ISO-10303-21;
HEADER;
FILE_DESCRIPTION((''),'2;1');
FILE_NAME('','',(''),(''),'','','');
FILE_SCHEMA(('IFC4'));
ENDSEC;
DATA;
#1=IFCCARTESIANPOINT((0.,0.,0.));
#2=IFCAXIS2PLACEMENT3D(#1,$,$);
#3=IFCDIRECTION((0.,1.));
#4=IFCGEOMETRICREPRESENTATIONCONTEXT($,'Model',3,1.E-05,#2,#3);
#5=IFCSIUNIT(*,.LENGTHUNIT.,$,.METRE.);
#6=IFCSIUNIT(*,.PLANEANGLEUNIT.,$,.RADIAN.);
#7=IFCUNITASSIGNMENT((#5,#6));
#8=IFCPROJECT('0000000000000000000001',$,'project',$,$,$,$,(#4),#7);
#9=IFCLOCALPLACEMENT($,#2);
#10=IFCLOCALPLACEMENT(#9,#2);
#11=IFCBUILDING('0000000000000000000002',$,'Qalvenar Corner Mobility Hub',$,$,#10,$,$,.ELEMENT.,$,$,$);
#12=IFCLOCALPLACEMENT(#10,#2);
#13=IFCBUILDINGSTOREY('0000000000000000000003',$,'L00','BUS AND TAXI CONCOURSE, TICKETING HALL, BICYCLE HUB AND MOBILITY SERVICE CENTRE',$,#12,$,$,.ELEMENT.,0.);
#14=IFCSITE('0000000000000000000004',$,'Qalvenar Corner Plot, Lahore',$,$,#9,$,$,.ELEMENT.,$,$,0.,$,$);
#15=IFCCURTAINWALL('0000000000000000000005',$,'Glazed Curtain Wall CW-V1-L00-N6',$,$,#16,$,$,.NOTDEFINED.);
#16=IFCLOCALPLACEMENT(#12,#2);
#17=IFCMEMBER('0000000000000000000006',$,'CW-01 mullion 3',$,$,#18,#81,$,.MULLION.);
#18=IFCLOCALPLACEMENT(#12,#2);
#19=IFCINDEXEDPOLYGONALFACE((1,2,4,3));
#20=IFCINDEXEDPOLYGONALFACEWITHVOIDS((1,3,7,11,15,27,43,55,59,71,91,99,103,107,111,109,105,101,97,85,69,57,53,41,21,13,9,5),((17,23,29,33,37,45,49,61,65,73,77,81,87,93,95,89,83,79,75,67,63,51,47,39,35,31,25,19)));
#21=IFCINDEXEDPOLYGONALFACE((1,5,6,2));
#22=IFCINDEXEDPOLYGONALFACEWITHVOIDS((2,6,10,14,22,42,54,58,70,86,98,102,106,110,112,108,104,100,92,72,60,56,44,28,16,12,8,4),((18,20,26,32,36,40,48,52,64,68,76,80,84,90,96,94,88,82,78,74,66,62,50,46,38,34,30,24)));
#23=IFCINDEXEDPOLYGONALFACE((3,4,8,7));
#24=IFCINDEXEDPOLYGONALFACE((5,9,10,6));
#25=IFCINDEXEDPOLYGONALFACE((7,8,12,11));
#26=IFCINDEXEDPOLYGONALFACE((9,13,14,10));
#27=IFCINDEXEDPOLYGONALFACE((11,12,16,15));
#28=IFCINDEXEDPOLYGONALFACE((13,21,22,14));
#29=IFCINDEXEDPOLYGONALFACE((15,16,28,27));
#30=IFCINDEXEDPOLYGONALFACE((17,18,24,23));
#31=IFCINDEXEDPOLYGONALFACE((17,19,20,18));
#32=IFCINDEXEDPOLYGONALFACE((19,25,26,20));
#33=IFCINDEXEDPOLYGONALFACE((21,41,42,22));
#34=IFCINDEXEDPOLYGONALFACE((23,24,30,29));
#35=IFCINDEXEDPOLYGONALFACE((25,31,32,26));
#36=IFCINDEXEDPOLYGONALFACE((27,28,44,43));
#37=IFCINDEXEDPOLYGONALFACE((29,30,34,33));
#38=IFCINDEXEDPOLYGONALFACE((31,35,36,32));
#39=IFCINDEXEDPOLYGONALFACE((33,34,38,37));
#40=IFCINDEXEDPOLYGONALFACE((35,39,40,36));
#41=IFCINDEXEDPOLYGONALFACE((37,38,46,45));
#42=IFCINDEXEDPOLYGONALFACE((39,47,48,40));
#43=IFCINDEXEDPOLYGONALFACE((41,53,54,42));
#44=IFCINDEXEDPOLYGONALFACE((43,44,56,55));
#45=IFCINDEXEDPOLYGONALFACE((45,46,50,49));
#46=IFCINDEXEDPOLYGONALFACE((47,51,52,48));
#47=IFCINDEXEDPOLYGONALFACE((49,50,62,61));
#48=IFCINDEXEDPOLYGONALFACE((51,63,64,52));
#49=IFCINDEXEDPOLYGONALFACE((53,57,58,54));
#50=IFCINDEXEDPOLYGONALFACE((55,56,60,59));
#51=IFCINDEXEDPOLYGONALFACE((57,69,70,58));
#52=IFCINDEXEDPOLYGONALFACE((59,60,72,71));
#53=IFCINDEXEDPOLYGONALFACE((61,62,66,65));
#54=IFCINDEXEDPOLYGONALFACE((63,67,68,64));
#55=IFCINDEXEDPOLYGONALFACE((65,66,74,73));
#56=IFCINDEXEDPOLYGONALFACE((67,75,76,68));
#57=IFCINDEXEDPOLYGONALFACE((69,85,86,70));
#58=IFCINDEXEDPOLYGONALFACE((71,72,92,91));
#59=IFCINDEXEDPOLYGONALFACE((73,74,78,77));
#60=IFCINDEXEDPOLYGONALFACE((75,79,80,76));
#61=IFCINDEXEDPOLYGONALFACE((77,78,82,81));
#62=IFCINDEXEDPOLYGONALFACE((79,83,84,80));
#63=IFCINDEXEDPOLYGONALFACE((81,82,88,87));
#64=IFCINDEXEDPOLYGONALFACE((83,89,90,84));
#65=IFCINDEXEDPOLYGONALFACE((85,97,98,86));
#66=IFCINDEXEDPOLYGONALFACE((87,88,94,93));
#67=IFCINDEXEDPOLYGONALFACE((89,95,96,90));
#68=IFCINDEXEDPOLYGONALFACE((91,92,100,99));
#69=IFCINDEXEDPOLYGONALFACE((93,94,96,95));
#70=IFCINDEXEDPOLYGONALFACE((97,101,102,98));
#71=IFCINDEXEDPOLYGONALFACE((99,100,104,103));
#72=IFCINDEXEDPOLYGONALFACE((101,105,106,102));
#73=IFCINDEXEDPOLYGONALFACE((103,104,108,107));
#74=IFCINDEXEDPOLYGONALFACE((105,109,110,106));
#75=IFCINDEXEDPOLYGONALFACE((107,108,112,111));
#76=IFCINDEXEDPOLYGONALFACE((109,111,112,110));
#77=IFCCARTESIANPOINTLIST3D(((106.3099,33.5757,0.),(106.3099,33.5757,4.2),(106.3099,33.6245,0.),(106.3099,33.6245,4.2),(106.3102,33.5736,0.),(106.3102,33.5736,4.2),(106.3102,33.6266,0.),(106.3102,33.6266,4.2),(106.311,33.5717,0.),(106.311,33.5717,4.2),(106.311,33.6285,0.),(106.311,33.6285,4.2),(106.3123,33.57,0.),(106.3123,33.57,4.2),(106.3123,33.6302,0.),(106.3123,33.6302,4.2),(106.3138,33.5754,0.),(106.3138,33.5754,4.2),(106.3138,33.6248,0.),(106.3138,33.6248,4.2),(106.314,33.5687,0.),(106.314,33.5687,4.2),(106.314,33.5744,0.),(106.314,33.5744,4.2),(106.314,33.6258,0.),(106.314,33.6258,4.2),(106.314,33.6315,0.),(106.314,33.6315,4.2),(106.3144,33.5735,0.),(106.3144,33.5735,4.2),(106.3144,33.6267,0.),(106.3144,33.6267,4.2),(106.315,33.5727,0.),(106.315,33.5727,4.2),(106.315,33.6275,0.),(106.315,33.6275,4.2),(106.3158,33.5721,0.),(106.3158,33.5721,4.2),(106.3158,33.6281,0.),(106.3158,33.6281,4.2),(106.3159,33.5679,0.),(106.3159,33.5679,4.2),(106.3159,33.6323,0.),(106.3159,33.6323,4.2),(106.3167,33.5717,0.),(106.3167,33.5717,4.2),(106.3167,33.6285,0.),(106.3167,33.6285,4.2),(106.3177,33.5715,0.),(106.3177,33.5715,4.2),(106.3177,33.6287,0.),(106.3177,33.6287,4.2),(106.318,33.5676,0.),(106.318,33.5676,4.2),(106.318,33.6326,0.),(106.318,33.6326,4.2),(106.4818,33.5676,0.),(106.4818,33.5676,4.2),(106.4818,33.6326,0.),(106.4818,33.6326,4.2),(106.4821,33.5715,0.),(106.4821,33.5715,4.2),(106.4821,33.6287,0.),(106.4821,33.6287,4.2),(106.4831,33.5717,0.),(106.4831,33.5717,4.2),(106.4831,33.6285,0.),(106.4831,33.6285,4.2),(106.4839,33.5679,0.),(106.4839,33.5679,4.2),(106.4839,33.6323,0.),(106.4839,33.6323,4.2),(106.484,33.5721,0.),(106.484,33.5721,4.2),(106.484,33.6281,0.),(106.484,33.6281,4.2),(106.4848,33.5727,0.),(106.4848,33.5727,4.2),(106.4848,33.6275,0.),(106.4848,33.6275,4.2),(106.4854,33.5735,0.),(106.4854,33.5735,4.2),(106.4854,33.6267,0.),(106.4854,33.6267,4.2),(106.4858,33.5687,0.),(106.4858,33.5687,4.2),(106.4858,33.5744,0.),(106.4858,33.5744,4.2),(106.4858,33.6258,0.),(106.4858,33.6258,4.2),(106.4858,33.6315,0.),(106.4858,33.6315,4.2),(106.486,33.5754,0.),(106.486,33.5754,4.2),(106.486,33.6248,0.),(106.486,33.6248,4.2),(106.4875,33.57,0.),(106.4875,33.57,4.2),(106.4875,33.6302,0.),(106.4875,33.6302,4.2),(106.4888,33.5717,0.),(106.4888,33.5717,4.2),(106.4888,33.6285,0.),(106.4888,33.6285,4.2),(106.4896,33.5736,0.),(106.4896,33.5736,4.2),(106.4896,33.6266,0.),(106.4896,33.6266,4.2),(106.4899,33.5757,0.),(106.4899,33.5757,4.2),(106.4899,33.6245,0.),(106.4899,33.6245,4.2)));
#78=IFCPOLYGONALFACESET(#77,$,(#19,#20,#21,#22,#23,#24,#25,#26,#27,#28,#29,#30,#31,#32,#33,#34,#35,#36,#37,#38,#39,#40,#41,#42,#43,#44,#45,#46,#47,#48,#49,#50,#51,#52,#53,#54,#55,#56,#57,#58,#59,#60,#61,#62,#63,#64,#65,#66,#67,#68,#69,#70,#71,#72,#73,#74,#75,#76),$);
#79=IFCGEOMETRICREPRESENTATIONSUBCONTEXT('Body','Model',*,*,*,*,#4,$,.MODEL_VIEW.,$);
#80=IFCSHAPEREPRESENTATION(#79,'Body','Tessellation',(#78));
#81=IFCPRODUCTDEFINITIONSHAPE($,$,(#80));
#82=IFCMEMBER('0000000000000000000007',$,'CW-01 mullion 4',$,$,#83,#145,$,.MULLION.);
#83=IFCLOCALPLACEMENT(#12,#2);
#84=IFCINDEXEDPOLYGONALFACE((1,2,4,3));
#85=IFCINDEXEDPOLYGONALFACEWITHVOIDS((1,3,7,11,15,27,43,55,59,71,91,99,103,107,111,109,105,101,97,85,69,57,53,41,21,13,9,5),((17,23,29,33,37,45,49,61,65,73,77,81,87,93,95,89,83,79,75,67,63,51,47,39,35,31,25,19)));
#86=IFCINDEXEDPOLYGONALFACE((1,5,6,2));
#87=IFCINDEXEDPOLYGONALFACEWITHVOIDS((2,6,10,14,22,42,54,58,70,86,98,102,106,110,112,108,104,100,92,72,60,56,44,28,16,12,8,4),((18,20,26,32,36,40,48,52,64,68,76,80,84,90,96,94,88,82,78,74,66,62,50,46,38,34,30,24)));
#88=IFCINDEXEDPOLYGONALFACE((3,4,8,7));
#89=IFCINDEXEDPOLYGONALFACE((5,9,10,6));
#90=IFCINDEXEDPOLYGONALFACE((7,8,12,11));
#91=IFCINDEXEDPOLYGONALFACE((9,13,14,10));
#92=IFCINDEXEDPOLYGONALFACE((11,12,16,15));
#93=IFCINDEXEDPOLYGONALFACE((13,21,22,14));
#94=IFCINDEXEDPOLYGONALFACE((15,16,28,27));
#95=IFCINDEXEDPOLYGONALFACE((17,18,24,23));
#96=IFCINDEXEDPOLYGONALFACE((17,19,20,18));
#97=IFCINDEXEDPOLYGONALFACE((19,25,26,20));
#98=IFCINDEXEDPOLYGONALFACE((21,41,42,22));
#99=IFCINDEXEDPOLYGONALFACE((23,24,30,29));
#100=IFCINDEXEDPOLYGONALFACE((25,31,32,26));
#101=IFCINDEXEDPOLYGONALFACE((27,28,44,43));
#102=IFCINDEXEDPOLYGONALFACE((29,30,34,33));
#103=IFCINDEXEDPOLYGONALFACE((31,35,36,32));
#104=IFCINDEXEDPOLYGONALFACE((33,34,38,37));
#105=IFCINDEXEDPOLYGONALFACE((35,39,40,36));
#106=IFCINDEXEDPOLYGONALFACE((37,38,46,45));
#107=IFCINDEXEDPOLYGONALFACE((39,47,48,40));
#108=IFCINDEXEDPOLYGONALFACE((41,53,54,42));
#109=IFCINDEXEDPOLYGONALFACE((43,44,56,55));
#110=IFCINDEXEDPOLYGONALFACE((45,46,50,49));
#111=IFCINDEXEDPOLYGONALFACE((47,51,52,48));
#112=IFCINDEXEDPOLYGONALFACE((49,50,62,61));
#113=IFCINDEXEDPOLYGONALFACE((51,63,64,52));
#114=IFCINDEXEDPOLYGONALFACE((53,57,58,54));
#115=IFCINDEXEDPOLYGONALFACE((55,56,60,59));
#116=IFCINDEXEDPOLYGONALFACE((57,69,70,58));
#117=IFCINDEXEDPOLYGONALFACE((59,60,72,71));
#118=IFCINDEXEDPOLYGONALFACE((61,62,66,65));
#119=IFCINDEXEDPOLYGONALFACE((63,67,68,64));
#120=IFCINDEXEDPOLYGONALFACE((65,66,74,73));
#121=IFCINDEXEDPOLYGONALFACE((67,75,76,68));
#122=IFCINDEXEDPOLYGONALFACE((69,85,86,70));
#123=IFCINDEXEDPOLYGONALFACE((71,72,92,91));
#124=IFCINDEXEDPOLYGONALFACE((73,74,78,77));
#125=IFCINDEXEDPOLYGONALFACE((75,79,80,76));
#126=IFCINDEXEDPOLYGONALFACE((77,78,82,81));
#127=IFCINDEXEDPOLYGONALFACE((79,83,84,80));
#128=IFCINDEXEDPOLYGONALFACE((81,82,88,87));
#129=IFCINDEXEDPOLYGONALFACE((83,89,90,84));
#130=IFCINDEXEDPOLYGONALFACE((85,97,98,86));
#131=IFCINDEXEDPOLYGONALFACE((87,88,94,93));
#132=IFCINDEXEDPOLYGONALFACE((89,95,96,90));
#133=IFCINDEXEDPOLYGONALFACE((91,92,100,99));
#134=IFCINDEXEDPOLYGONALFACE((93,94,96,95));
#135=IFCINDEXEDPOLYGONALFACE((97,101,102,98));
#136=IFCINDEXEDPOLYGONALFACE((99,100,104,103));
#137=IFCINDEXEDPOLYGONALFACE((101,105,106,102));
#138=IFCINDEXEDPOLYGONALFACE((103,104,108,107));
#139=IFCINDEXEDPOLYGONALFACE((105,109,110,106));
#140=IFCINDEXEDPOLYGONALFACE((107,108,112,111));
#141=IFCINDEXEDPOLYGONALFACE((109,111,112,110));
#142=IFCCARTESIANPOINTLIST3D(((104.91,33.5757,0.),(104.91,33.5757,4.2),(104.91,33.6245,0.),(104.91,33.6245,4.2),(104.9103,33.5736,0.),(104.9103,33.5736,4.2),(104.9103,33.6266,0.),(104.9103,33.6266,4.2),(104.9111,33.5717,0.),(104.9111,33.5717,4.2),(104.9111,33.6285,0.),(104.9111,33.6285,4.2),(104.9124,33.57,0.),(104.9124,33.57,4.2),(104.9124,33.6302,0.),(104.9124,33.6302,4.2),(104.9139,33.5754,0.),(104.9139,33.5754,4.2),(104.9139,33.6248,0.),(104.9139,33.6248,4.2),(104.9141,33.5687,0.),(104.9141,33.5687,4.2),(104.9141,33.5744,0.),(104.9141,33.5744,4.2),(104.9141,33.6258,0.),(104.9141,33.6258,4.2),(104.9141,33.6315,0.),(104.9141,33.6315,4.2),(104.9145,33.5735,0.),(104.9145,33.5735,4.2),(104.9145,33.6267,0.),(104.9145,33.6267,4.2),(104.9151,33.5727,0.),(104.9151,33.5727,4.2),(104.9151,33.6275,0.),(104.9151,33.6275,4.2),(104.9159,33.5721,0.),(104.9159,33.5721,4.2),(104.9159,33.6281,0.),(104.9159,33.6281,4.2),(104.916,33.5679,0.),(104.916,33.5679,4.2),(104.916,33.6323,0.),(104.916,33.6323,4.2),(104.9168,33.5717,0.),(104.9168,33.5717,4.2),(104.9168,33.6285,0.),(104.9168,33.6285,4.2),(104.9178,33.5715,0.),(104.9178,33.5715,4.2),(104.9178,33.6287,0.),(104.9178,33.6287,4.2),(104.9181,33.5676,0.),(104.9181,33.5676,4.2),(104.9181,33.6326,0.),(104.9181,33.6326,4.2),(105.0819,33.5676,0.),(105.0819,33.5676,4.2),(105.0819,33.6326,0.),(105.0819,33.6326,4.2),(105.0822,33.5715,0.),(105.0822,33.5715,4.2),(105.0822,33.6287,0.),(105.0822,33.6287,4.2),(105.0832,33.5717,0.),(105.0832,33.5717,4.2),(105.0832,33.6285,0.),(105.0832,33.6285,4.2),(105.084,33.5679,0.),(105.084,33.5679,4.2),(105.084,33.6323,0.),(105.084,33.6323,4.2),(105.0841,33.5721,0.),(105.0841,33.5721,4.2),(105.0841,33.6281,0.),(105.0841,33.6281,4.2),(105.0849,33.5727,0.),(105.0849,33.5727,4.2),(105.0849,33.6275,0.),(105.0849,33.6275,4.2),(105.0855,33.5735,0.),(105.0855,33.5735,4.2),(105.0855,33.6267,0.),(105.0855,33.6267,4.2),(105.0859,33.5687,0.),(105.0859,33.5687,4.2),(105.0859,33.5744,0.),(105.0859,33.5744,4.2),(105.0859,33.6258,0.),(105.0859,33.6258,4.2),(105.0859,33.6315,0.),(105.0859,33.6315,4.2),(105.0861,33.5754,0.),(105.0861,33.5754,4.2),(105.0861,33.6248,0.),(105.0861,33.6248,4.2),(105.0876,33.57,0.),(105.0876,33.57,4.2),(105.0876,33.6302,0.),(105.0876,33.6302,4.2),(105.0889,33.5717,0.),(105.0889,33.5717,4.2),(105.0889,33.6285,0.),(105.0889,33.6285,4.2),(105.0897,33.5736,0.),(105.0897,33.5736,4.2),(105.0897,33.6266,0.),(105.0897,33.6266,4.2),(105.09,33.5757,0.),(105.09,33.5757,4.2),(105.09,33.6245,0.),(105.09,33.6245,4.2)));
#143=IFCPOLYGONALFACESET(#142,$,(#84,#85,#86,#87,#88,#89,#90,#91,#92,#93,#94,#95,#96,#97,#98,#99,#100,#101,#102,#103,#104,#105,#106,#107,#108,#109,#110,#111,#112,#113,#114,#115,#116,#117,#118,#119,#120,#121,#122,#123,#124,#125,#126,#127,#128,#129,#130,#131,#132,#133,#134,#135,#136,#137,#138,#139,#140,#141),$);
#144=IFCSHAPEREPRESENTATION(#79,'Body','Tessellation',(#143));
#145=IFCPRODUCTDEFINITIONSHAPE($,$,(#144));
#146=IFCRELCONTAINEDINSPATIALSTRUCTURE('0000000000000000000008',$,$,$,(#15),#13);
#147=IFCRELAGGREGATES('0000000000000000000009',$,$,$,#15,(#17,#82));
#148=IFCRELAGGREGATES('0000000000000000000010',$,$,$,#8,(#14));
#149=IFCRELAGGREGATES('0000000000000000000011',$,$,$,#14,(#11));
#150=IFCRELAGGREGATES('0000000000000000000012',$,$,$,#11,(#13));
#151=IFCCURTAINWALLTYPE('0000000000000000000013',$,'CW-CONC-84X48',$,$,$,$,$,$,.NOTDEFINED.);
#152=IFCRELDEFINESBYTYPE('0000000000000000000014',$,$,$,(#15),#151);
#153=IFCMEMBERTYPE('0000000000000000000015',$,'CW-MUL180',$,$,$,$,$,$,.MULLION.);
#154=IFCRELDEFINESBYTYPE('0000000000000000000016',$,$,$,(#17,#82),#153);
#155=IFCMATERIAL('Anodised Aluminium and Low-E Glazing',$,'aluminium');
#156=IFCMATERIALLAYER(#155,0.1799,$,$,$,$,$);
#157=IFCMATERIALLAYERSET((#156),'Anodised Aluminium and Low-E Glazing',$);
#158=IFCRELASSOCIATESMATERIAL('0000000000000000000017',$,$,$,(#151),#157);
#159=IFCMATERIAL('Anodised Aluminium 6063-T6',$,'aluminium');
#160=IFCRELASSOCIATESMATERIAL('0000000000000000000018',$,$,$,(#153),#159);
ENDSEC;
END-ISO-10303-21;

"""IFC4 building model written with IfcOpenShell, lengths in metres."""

from ifc_helpers import new_model, si_unit, direction, frame, origin, origin_2d, place, context, subcontext, project, spatial, hollow_rectangle, extrude, material, layer, layer_set, material_profile, profile_set, type_object, element, aggregate, save


model = new_model("IFC4")

# Units and contexts
model_context = context("Model", 3, precision=1e-05, world=origin(), true_north=direction((0.0, 1.0)))
body_context = subcontext(model_context, "Body", "Model", "MODEL_VIEW")
ifc_project = project(units=[si_unit("LENGTHUNIT", "METRE"), si_unit("PLANEANGLEUNIT", "RADIAN")], contexts=[model_context])

# Site, building, storey
site_placement = place(None, origin())
site = spatial("IfcSite", under=ifc_project, at=site_placement, Name="Qalvenar Corner Plot, Lahore", CompositionType="ELEMENT", RefElevation=0.0)
building_placement = place(site_placement, origin())
building = spatial("IfcBuilding", under=site, at=building_placement, Name="Qalvenar Corner Mobility Hub", CompositionType="ELEMENT")
storey_placement = place(building_placement, origin())
storey = spatial("IfcBuildingStorey", under=building, at=storey_placement, Name="L00", Description="BUS AND TAXI CONCOURSE, TICKETING HALL, BICYCLE HUB AND MOBILITY SERVICE CENTRE", CompositionType="ELEMENT", Elevation=0.0)

# Curtain wall, members
ifc_material_1 = material(Name="Anodised Aluminium and Low-E Glazing", Category="aluminium")
ifc_layer_1 = layer(ifc_material_1, 0.1799)
ifc_layer_set_1 = layer_set([ifc_layer_1], Name="Anodised Aluminium and Low-E Glazing")
curtain_wall_type = type_object("IfcCurtainWallType", Name="CW-CONC-84X48", PredefinedType="NOTDEFINED", material=ifc_layer_set_1)
curtain_wall_placement = place(storey_placement, origin())
curtain_wall = element("IfcCurtainWall", 1, at=curtain_wall_placement, inside=storey, type_object=curtain_wall_type, Name="Glazed Curtain Wall CW-V1-L00-N6", PredefinedType="NOTDEFINED")
ifc_material_2 = material(Name="Anodised Aluminium 6063-T6", Category="aluminium")
ifc_material_profile_1 = material_profile(ifc_material_2, hollow_rectangle(XDim=0.0649, YDim=0.1799, WallThickness=0.0039, InnerFilletRadius=0.0039, OuterFilletRadius=0.0081, at=origin_2d()), Name="RHS180x65x4")
ifc_profile_set_1 = profile_set([ifc_material_profile_1], Name="Anodised Aluminium 6063-T6")
member_type_1 = type_object("IfcMemberType", Name="CW-MUL180", PredefinedType="MULLION", material=ifc_profile_set_1)
member_1_placement = place(storey_placement, frame((106.3999, 33.6001, 0.0), z_axis=(0.0, 0.0, 1.0), x_axis=(0.0, -1.0, 0.0)))
member_1 = element("IfcMember", 2, at=member_1_placement, type_object=member_type_1, Name="CW-01 mullion 3", PredefinedType="MULLION", context=body_context, shape_type="SweptSolid", body=[
    extrude(hollow_rectangle(XDim=0.0649, YDim=0.1799, WallThickness=0.0039, InnerFilletRadius=0.0039, OuterFilletRadius=0.0081, at=origin_2d()), origin(), (0.0, 0.0, 1.0), 4.2),
])
member_2_placement = place(storey_placement, frame((105.0, 33.6001, 0.0), z_axis=(0.0, 0.0, 1.0), x_axis=(0.0, -1.0, 0.0)))
member_2 = element("IfcMember", 3, at=member_2_placement, type_object=member_type_1, Name="CW-01 mullion 4", PredefinedType="MULLION", context=body_context, shape_type="SweptSolid", body=[
    extrude(hollow_rectangle(XDim=0.0649, YDim=0.1799, WallThickness=0.0039, InnerFilletRadius=0.0039, OuterFilletRadius=0.0081, at=origin_2d()), origin(), (0.0, 0.0, 1.0), 4.2),
])
aggregate(curtain_wall, [member_1, member_2])

save(model, "model.ifc")
